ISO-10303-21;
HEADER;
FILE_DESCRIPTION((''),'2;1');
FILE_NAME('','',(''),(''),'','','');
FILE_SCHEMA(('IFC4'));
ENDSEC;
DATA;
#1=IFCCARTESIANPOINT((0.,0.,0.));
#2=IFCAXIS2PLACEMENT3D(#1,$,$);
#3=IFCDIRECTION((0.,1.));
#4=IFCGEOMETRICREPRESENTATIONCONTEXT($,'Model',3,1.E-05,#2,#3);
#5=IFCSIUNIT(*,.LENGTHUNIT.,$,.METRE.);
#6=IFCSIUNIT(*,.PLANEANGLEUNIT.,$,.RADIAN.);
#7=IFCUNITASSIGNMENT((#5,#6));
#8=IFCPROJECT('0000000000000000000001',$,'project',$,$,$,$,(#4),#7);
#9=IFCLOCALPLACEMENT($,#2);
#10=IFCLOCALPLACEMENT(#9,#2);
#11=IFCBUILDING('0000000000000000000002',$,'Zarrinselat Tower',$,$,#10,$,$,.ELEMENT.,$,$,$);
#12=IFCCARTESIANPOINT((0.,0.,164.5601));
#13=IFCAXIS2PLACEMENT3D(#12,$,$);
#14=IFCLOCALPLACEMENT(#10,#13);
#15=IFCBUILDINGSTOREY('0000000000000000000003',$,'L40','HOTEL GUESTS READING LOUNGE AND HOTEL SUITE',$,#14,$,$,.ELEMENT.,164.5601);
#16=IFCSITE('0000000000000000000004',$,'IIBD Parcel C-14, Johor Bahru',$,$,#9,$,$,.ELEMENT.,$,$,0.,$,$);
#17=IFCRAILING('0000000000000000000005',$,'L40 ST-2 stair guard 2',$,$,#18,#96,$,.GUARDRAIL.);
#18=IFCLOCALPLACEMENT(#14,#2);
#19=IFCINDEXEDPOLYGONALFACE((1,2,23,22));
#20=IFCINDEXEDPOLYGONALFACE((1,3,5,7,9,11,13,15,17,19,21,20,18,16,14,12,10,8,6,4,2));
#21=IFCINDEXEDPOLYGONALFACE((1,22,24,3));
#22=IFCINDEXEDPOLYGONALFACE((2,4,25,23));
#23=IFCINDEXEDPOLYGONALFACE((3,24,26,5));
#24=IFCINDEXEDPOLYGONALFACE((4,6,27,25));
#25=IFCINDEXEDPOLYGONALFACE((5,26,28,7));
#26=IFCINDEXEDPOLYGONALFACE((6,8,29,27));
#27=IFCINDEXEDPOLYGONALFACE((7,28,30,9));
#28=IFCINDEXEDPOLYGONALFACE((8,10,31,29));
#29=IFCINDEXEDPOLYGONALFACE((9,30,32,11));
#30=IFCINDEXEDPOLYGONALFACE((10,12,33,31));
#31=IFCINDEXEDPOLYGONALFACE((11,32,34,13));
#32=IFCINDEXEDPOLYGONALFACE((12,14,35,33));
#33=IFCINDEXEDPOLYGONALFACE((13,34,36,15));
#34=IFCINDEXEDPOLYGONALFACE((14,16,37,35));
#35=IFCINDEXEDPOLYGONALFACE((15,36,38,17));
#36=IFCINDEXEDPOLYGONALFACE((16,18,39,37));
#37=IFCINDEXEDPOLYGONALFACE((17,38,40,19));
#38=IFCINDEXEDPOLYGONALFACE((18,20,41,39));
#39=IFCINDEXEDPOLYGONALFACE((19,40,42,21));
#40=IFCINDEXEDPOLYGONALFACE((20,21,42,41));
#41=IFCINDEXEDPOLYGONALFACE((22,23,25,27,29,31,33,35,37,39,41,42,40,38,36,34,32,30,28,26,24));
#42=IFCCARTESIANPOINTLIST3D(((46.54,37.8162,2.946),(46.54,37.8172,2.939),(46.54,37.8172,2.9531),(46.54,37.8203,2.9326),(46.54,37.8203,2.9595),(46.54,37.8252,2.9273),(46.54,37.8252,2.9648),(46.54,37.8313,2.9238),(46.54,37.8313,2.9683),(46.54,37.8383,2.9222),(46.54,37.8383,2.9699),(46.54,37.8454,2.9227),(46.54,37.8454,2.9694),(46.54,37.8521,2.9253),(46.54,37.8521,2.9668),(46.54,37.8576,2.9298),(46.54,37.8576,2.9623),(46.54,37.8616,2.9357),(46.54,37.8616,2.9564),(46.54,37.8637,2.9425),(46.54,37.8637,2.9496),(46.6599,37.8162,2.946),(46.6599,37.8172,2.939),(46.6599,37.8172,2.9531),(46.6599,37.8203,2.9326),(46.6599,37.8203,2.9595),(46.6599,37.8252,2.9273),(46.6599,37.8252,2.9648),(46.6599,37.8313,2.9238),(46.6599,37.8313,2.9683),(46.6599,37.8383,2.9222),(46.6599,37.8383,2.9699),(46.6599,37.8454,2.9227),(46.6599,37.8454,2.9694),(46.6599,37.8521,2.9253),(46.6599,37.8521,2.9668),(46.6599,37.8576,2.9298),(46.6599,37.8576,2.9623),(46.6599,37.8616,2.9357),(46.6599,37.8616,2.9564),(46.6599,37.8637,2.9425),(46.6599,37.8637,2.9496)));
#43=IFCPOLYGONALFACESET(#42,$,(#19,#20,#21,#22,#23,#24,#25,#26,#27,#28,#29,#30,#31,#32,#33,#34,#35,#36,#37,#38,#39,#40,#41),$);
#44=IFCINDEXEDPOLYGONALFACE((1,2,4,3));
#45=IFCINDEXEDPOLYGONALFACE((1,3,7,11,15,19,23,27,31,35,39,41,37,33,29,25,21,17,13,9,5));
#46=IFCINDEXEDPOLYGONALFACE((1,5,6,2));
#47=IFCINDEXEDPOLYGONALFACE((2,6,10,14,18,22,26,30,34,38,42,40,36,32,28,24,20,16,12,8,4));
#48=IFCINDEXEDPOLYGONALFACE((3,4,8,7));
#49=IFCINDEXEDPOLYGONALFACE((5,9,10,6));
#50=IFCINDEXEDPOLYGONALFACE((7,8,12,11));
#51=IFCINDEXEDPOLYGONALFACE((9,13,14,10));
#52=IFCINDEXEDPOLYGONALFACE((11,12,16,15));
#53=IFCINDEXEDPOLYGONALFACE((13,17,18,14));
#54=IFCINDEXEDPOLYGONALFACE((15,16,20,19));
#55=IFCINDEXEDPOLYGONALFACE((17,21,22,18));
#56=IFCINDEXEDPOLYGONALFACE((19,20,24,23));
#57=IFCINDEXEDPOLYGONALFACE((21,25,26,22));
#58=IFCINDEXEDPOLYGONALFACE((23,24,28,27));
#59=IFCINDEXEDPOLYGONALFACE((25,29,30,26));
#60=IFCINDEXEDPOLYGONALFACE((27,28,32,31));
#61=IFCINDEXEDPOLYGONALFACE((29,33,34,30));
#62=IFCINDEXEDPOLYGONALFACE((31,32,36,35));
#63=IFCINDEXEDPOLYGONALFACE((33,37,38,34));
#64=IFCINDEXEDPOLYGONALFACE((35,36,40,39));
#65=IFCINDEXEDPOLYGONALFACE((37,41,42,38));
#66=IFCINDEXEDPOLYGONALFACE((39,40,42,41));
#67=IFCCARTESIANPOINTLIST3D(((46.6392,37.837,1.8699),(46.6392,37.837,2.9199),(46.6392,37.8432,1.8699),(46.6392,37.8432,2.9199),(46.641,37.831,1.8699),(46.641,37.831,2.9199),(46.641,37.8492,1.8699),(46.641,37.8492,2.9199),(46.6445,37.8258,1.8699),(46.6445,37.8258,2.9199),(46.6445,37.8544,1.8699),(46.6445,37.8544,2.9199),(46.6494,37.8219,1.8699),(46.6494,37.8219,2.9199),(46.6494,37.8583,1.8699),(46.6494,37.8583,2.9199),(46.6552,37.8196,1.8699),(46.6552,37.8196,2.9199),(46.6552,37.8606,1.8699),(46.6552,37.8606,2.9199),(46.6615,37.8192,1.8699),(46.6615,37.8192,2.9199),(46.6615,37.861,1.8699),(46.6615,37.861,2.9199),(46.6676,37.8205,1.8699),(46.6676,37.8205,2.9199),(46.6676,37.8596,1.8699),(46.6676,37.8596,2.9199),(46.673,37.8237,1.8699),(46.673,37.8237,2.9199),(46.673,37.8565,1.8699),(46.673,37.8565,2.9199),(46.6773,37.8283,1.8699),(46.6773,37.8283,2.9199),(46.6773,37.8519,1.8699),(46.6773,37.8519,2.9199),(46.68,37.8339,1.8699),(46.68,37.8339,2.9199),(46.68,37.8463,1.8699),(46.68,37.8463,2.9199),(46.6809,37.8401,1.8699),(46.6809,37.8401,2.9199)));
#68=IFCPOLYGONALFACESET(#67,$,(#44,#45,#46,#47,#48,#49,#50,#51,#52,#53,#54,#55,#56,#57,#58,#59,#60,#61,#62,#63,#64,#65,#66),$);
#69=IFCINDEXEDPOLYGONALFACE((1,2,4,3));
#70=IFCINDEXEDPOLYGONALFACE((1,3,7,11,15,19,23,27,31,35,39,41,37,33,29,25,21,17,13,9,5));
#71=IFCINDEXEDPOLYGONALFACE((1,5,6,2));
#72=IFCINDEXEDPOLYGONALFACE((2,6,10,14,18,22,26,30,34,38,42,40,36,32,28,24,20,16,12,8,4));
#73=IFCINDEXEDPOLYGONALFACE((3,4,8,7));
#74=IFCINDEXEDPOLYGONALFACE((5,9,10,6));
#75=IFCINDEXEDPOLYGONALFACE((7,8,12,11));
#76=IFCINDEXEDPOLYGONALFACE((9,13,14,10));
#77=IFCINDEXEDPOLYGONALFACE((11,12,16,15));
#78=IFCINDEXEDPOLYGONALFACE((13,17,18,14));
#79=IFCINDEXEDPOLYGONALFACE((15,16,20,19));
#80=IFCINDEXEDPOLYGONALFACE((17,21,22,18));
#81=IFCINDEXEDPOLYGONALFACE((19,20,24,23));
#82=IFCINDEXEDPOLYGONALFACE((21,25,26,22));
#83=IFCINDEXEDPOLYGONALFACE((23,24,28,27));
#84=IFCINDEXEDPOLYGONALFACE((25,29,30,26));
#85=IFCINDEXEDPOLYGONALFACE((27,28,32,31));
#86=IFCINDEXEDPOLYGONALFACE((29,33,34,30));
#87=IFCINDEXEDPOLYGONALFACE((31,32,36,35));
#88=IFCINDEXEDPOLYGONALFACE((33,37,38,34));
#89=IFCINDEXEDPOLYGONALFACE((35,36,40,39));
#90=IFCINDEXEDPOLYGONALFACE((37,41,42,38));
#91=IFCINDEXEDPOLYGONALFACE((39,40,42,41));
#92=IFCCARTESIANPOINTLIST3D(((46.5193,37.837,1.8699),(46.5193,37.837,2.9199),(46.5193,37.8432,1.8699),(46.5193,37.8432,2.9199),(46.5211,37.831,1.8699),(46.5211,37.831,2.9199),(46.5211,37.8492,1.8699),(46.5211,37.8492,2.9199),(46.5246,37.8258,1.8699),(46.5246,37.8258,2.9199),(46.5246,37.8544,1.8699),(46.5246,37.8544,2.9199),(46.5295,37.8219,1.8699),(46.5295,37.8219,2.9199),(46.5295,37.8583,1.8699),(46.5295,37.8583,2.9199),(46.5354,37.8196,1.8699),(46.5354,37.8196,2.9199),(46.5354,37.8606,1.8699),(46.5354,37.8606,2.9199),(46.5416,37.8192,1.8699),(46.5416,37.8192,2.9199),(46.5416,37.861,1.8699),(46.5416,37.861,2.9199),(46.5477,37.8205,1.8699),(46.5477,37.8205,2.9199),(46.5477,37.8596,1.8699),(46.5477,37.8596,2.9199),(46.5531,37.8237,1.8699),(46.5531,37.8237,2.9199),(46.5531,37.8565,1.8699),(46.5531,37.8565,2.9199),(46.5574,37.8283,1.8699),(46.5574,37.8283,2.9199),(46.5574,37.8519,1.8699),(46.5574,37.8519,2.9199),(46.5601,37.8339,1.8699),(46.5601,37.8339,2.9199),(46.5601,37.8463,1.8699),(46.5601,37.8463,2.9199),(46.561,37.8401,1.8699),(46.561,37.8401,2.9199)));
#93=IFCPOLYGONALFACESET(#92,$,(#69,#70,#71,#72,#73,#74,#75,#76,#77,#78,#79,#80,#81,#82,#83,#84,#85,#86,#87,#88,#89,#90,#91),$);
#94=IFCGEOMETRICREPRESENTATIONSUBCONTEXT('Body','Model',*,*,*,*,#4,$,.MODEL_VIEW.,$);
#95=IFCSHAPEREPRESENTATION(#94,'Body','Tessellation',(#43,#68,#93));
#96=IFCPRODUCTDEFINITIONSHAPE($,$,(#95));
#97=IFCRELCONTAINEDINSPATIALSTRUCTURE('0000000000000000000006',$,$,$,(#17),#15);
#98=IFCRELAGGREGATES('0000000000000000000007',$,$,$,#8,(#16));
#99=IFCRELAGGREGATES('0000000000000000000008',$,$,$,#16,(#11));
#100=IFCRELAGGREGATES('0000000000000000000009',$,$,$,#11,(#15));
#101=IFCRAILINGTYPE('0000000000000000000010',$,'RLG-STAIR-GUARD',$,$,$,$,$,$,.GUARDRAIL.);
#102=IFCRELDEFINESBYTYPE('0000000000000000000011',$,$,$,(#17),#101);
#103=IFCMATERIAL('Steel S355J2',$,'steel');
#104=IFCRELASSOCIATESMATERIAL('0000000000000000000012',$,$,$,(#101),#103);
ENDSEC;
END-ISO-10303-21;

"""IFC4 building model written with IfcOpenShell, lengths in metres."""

from ifc_helpers import new_model, si_unit, direction, frame, origin, origin_2d, place, context, subcontext, project, spatial, circle, extrude, material, type_object, element, save


model = new_model("IFC4")

# Units and contexts
model_context = context("Model", 3, precision=1e-05, world=origin(), true_north=direction((0.0, 1.0)))
body_context = subcontext(model_context, "Body", "Model", "MODEL_VIEW")
ifc_project = project(units=[si_unit("LENGTHUNIT", "METRE"), si_unit("PLANEANGLEUNIT", "RADIAN")], contexts=[model_context])

# Site, building, storey
site_placement = place(None, origin())
site = spatial("IfcSite", under=ifc_project, at=site_placement, Name="IIBD Parcel C-14, Johor Bahru", CompositionType="ELEMENT", RefElevation=0.0)
building_placement = place(site_placement, origin())
building = spatial("IfcBuilding", under=site, at=building_placement, Name="Zarrinselat Tower", CompositionType="ELEMENT")
storey_placement = place(building_placement, frame((0.0, 0.0, 164.5601)))
storey = spatial("IfcBuildingStorey", under=building, at=storey_placement, Name="L40", Description="HOTEL GUESTS READING LOUNGE AND HOTEL SUITE", CompositionType="ELEMENT", Elevation=164.5601)

# Railing
ifc_material_1 = material(Name="Steel S355J2", Category="steel")
railing_type_1 = type_object("IfcRailingType", Name="RLG-STAIR-GUARD", PredefinedType="GUARDRAIL", material=ifc_material_1)
railing_1_placement = place(storey_placement, frame((46.6599, 37.8401, 1.8699)))
element("IfcRailing", 1, at=railing_1_placement, inside=storey, type_object=railing_type_1, Name="L40 ST-2 stair guard 2", PredefinedType="GUARDRAIL", context=body_context, shape_type="SweptSolid", body=[
    extrude(circle(Radius=0.0239, at=origin_2d()), frame((0.0, 0.0, 1.0762), z_axis=(-1.0, 0.0, 0.0), x_axis=(0.0, -1.0, 0.0)), (0.0, 0.0, 1.0), 0.1199),
    extrude(circle(Radius=0.021, at=origin_2d()), origin(), (0.0, 0.0, 1.0), 1.05),
    extrude(circle(Radius=0.021, at=origin_2d()), frame((-0.1199, 0.0, 0.0)), (0.0, 0.0, 1.0), 1.05),
])

save(model, "model.ifc")
